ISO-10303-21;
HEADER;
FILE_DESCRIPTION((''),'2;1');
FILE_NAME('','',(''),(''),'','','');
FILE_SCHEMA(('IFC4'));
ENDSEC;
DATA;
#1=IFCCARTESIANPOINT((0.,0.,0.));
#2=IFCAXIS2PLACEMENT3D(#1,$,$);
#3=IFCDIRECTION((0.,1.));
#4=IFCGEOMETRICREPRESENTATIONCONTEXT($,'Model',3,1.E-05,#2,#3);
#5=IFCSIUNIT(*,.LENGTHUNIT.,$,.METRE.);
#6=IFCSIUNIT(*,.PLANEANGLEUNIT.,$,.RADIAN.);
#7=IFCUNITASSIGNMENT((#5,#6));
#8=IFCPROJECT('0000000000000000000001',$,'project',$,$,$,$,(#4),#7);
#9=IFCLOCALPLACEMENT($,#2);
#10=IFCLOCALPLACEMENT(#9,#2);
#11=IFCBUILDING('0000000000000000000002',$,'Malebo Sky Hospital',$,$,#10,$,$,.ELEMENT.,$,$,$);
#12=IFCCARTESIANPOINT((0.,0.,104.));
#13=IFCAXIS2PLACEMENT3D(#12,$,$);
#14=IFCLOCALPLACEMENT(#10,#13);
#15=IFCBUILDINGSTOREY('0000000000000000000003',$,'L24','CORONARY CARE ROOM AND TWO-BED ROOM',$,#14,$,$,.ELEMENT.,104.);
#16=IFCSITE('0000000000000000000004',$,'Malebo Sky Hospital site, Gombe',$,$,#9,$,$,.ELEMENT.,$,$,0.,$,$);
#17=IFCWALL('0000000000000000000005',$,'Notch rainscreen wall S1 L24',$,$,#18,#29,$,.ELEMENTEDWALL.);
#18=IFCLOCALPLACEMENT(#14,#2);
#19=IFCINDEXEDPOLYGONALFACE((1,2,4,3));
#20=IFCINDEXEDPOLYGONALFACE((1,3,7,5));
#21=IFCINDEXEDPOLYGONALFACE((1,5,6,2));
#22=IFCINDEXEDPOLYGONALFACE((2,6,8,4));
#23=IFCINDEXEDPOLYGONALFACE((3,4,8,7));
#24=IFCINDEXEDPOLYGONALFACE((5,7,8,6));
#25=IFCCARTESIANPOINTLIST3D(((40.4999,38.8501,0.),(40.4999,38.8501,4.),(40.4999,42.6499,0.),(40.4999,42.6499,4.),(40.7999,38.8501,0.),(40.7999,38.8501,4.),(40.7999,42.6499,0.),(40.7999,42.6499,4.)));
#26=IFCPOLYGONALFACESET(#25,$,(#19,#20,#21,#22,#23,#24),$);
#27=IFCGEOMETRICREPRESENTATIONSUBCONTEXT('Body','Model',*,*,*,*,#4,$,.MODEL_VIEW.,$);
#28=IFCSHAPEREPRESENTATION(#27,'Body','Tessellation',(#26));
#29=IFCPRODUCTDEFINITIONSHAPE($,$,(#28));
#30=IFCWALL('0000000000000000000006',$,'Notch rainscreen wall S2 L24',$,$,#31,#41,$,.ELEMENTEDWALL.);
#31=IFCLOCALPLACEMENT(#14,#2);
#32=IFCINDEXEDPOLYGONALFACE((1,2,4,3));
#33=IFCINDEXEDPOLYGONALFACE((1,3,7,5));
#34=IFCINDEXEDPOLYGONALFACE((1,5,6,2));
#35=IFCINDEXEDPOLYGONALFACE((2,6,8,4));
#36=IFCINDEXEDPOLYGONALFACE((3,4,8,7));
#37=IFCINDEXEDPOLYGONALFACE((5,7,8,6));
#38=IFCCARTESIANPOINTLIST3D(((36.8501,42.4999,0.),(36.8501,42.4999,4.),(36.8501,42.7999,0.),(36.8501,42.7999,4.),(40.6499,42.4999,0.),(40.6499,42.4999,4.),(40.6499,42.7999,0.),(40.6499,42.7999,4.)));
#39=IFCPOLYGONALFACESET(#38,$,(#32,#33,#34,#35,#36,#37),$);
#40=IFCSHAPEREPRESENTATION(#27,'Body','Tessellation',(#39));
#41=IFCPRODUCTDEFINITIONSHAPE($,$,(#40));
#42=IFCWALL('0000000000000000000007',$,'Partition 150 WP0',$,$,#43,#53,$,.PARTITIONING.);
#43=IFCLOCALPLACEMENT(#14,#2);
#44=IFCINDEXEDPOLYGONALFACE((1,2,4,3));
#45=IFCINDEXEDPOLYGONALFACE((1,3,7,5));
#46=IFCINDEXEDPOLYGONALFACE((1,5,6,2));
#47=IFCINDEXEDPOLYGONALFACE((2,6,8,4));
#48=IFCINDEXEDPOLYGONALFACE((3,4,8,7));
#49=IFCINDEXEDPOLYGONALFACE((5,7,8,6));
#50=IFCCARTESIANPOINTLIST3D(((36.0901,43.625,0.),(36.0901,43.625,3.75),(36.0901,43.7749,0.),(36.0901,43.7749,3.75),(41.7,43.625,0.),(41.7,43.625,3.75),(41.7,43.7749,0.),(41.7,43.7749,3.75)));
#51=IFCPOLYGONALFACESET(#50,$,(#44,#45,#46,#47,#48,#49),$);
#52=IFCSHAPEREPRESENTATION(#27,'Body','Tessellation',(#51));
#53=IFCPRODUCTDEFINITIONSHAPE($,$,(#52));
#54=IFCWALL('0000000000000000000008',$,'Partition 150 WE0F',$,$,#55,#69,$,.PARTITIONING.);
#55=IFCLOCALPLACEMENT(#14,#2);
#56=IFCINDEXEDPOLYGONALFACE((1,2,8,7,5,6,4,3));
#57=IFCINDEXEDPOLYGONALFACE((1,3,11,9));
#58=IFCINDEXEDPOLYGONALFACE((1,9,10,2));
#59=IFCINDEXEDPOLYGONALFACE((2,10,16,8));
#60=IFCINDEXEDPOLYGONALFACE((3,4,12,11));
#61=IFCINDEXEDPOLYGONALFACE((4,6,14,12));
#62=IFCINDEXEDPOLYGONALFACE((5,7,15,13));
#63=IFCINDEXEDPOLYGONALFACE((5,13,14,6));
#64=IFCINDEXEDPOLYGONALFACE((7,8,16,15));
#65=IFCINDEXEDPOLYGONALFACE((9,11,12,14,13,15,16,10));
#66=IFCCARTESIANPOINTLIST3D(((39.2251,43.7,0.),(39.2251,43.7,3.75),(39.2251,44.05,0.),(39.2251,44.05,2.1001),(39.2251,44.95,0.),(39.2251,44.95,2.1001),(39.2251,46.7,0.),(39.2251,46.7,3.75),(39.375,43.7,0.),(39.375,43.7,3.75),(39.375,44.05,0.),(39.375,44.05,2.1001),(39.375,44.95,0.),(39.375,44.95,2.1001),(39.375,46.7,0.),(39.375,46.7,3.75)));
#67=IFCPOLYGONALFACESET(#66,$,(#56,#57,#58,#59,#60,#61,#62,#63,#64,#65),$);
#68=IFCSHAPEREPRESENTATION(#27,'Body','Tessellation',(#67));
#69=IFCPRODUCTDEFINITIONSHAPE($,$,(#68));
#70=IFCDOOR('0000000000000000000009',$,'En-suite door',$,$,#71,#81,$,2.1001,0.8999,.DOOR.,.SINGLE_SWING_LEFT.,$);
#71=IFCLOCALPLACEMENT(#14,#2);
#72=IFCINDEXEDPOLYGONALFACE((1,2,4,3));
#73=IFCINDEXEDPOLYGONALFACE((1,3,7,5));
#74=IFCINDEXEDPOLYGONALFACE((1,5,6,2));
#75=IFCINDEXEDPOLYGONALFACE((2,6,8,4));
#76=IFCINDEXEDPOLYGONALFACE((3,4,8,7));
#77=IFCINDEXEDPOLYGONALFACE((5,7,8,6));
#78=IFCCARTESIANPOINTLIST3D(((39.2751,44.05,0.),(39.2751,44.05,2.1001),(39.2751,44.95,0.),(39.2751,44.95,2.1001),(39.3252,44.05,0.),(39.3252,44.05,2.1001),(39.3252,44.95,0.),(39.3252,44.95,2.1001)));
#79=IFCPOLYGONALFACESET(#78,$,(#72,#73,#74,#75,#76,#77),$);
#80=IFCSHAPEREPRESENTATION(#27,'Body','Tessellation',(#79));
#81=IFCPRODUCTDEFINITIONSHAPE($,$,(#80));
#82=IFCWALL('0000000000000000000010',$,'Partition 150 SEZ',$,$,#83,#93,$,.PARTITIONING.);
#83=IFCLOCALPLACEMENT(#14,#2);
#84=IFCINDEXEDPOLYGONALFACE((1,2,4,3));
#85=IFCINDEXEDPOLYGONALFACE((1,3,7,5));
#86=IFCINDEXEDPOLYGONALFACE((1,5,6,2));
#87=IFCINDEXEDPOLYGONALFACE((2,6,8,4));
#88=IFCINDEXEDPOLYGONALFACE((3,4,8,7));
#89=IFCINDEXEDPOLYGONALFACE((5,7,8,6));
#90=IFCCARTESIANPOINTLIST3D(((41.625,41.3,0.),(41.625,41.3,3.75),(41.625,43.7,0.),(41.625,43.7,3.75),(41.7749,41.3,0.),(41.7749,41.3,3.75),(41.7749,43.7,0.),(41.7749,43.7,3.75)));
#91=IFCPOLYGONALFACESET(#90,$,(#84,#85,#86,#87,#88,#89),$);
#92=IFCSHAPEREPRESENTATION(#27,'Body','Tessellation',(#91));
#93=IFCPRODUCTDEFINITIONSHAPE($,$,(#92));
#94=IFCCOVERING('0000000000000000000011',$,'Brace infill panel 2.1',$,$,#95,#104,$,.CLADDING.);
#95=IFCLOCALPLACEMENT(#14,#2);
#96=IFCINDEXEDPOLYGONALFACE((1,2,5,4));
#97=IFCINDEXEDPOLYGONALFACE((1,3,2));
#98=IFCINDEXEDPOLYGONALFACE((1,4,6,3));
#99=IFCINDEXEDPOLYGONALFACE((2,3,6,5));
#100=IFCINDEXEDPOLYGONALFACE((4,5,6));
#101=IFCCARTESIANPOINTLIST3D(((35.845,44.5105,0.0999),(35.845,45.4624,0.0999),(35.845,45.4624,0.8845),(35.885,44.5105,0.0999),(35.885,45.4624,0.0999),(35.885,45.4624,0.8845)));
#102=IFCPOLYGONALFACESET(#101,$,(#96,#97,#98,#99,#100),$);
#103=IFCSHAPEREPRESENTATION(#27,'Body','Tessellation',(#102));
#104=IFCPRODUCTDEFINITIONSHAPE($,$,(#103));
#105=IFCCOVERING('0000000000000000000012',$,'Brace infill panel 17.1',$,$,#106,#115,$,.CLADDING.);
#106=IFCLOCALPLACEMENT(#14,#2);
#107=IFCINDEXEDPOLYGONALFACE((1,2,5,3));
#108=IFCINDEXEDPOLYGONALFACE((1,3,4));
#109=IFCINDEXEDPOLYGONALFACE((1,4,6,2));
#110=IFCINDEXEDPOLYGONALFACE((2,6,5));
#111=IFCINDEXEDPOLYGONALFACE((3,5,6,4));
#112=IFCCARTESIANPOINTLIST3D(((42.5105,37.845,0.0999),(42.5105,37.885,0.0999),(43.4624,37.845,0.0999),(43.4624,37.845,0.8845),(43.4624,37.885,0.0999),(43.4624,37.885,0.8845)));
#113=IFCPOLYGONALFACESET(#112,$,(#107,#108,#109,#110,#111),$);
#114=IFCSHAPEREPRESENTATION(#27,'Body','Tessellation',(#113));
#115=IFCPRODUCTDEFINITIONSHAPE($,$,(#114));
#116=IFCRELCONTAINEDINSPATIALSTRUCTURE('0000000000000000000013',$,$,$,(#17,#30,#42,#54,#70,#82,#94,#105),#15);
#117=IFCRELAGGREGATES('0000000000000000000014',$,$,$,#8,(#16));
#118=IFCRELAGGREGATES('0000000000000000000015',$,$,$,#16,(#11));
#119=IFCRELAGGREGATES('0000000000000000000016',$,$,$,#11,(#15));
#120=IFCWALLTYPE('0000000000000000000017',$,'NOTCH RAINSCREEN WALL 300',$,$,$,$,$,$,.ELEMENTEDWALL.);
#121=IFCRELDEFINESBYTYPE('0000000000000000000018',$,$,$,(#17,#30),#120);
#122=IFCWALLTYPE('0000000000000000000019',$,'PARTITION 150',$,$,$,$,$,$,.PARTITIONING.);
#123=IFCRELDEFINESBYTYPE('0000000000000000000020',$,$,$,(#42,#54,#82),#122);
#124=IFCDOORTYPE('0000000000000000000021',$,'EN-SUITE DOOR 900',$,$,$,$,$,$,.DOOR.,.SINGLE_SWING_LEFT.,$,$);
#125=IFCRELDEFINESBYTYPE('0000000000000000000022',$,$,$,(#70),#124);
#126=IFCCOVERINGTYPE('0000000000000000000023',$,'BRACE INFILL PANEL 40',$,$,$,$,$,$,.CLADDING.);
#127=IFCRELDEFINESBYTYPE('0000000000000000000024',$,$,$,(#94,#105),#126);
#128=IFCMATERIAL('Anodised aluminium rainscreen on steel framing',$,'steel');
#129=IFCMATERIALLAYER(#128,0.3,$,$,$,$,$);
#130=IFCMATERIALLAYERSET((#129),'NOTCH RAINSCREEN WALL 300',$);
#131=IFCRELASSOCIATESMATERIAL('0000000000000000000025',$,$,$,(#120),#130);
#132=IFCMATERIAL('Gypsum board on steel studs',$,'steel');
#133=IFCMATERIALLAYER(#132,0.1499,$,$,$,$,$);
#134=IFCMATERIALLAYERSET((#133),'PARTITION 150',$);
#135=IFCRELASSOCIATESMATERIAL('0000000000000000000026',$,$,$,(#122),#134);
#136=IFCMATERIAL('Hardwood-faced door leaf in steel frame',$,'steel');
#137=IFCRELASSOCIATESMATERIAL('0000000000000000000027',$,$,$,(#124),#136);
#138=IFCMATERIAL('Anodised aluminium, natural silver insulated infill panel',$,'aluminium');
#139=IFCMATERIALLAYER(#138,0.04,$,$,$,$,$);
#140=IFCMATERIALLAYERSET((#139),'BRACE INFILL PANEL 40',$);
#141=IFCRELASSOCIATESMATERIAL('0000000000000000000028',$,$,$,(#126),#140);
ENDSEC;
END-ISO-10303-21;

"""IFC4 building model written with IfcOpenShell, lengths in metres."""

from ifc_helpers import new_model, si_unit, direction, frame, frame_2d, origin, place, context, subcontext, project, spatial, polyline, rectangle, outline, extrude, material, layer, layer_set, type_object, element, fill, save


model = new_model("IFC4")

# Units and contexts
model_context = context("Model", 3, precision=1e-05, world=origin(), true_north=direction((0.0, 1.0)))
body_context = subcontext(model_context, "Body", "Model", "MODEL_VIEW")
ifc_project = project(units=[si_unit("LENGTHUNIT", "METRE"), si_unit("PLANEANGLEUNIT", "RADIAN")], contexts=[model_context])

# Site, building, storey
site_placement = place(None, origin())
site = spatial("IfcSite", under=ifc_project, at=site_placement, Name="Malebo Sky Hospital site, Gombe", CompositionType="ELEMENT", RefElevation=0.0)
building_placement = place(site_placement, origin())
building = spatial("IfcBuilding", under=site, at=building_placement, Name="Malebo Sky Hospital", CompositionType="ELEMENT")
storey_placement = place(building_placement, frame((0.0, 0.0, 104.0)))
storey = spatial("IfcBuildingStorey", under=building, at=storey_placement, Name="L24", Description="CORONARY CARE ROOM AND TWO-BED ROOM", CompositionType="ELEMENT", Elevation=104.0)

# Shared definitions
ifc_material_1 = material(Name="Gypsum board on steel studs", Category="steel")
ifc_material_2 = material(Name="Hardwood-faced door leaf in steel frame", Category="steel")

# Walls
ifc_material_3 = material(Name="Anodised aluminium rainscreen on steel framing", Category="steel")
ifc_layer_1 = layer(ifc_material_3, 0.3)
ifc_layer_set_1 = layer_set([ifc_layer_1], Name="NOTCH RAINSCREEN WALL 300")
wall_type_1 = type_object("IfcWallType", Name="NOTCH RAINSCREEN WALL 300", PredefinedType="ELEMENTEDWALL", material=ifc_layer_set_1)
for number, where, z_axis, x_axis, name in (
    (1, (40.6499, 38.8501, 0.0), (0.0, 0.0, 1.0), (0.0, 1.0, 0.0), "Notch rainscreen wall S1 L24"),
    (2, (40.6499, 42.6499, 0.0), (0.0, 0.0, 1.0), (-1.0, 0.0, 0.0), "Notch rainscreen wall S2 L24"),
):
    element("IfcWall", number, at=place(storey_placement, frame(where, z_axis=z_axis, x_axis=x_axis)), inside=storey, type_object=wall_type_1, Name=name, PredefinedType="ELEMENTEDWALL", context=body_context, shape_type="SweptSolid", body=[
        extrude(rectangle(XDim=3.7998, YDim=0.3, at=frame_2d((1.8999, 0.0))), origin(), (0.0, 0.0, 1.0), 4.0),
    ])
ifc_layer_2 = layer(ifc_material_1, 0.1499)
ifc_layer_set_2 = layer_set([ifc_layer_2], Name="PARTITION 150")
wall_type_2 = type_object("IfcWallType", Name="PARTITION 150", PredefinedType="PARTITIONING", material=ifc_layer_set_2)
wall_1_placement = place(storey_placement, frame((41.7, 43.7, 0.0), z_axis=(0.0, 0.0, 1.0), x_axis=(-1.0, 0.0, 0.0)))
element("IfcWall", 3, at=wall_1_placement, inside=storey, type_object=wall_type_2, Name="Partition 150 WP0", PredefinedType="PARTITIONING", context=body_context, shape_type="SweptSolid", body=[
    extrude(rectangle(XDim=5.6099, YDim=0.1499, at=frame_2d((2.8049, 0.0))), origin(), (0.0, 0.0, 1.0), 3.75),
])

# Wall, opening, door
wall_2_placement = place(storey_placement, frame((39.3, 43.7, 0.0), z_axis=(0.0, 0.0, 1.0), x_axis=(0.0, 1.0, 0.0)))
wall_2 = element("IfcWall", 4, at=wall_2_placement, inside=storey, type_object=wall_type_2, Name="Partition 150 WE0F", PredefinedType="PARTITIONING", context=body_context, shape_type="SweptSolid", body=[
    extrude(rectangle(XDim=3.0, YDim=0.1499, at=frame_2d((1.5, 0.0))), origin(), (0.0, 0.0, 1.0), 3.75),
])
opening_1_placement = place(wall_2_placement, frame((0.3501, 0.0, 0.0)))
opening_1 = element("IfcOpeningElement", 5, at=opening_1_placement, cuts=wall_2, PredefinedType="OPENING", context=body_context, shape_type="SweptSolid", body=[
    extrude(rectangle(XDim=0.8999, YDim=2.1001, at=frame_2d((0.45, 1.05))), frame((0.0, 0.085, 0.0), z_axis=(0.0, -1.0, 0.0), x_axis=(1.0, 0.0, 0.0)), (0.0, 0.0, 1.0), 0.1699),
])
door_type_1 = type_object("IfcDoorType", Name="EN-SUITE DOOR 900", OperationType="SINGLE_SWING_LEFT", PredefinedType="DOOR", material=ifc_material_2)
door_1_placement = place(opening_1_placement, origin())
door_1 = element("IfcDoor", 6, at=door_1_placement, inside=storey, type_object=door_type_1, Name="En-suite door", OperationType="SINGLE_SWING_LEFT", OverallHeight=2.1001, OverallWidth=0.8999, PredefinedType="DOOR", context=body_context, shape_type="SweptSolid", body=[
    extrude(rectangle(XDim=0.8999, YDim=2.1001, at=frame_2d((0.45, 1.05))), frame((0.0, 0.0249, 0.0), z_axis=(0.0, -1.0, 0.0), x_axis=(1.0, 0.0, 0.0)), (0.0, 0.0, 1.0), 0.05),
])
fill(opening_1, door_1)

# Wall
wall_3_placement = place(storey_placement, frame((41.7, 43.7, 0.0), z_axis=(0.0, 0.0, 1.0), x_axis=(0.0, -1.0, 0.0)))
element("IfcWall", 7, at=wall_3_placement, inside=storey, type_object=wall_type_2, Name="Partition 150 SEZ", PredefinedType="PARTITIONING", context=body_context, shape_type="SweptSolid", body=[
    extrude(rectangle(XDim=2.3999, YDim=0.1499, at=frame_2d((1.2, 0.0))), origin(), (0.0, 0.0, 1.0), 3.75),
])

# Coverings
ifc_material_4 = material(Name="Anodised aluminium, natural silver insulated infill panel", Category="aluminium")
ifc_layer_3 = layer(ifc_material_4, 0.04)
ifc_layer_set_3 = layer_set([ifc_layer_3], Name="BRACE INFILL PANEL 40")
covering_type = type_object("IfcCoveringType", Name="BRACE INFILL PANEL 40", PredefinedType="CLADDING", material=ifc_layer_set_3)
covering_1_placement = place(storey_placement, frame((35.865, 44.9866, 0.0999), z_axis=(0.0, 0.0, 1.0), x_axis=(0.0, 1.0, 0.0)))
element("IfcCovering", 8, at=covering_1_placement, inside=storey, type_object=covering_type, Name="Brace infill panel 2.1", PredefinedType="CLADDING", context=body_context, shape_type="SweptSolid", body=[
    extrude(outline(polyline([(-0.4761, 0.0), (0.4758, 0.0), (0.4758, 0.7847), (-0.4761, 0.0)])), frame((0.0, 0.02, 0.0), z_axis=(0.0, -1.0, 0.0), x_axis=(1.0, 0.0, 0.0)), (0.0, 0.0, 1.0), 0.04),
])
covering_2_placement = place(storey_placement, frame((42.9863, 37.865, 0.0999), z_axis=(0.0, 0.0, 1.0), x_axis=(-1.0, 0.0, 0.0)))
element("IfcCovering", 9, at=covering_2_placement, inside=storey, type_object=covering_type, Name="Brace infill panel 17.1", PredefinedType="CLADDING", context=body_context, shape_type="SweptSolid", body=[
    extrude(outline(polyline([(-0.4761, 0.0), (0.4758, 0.0), (-0.4761, 0.7847), (-0.4761, 0.0)])), frame((0.0, 0.02, 0.0), z_axis=(0.0, -1.0, 0.0), x_axis=(1.0, 0.0, 0.0)), (0.0, 0.0, 1.0), 0.04),
])

save(model, "model.ifc")
